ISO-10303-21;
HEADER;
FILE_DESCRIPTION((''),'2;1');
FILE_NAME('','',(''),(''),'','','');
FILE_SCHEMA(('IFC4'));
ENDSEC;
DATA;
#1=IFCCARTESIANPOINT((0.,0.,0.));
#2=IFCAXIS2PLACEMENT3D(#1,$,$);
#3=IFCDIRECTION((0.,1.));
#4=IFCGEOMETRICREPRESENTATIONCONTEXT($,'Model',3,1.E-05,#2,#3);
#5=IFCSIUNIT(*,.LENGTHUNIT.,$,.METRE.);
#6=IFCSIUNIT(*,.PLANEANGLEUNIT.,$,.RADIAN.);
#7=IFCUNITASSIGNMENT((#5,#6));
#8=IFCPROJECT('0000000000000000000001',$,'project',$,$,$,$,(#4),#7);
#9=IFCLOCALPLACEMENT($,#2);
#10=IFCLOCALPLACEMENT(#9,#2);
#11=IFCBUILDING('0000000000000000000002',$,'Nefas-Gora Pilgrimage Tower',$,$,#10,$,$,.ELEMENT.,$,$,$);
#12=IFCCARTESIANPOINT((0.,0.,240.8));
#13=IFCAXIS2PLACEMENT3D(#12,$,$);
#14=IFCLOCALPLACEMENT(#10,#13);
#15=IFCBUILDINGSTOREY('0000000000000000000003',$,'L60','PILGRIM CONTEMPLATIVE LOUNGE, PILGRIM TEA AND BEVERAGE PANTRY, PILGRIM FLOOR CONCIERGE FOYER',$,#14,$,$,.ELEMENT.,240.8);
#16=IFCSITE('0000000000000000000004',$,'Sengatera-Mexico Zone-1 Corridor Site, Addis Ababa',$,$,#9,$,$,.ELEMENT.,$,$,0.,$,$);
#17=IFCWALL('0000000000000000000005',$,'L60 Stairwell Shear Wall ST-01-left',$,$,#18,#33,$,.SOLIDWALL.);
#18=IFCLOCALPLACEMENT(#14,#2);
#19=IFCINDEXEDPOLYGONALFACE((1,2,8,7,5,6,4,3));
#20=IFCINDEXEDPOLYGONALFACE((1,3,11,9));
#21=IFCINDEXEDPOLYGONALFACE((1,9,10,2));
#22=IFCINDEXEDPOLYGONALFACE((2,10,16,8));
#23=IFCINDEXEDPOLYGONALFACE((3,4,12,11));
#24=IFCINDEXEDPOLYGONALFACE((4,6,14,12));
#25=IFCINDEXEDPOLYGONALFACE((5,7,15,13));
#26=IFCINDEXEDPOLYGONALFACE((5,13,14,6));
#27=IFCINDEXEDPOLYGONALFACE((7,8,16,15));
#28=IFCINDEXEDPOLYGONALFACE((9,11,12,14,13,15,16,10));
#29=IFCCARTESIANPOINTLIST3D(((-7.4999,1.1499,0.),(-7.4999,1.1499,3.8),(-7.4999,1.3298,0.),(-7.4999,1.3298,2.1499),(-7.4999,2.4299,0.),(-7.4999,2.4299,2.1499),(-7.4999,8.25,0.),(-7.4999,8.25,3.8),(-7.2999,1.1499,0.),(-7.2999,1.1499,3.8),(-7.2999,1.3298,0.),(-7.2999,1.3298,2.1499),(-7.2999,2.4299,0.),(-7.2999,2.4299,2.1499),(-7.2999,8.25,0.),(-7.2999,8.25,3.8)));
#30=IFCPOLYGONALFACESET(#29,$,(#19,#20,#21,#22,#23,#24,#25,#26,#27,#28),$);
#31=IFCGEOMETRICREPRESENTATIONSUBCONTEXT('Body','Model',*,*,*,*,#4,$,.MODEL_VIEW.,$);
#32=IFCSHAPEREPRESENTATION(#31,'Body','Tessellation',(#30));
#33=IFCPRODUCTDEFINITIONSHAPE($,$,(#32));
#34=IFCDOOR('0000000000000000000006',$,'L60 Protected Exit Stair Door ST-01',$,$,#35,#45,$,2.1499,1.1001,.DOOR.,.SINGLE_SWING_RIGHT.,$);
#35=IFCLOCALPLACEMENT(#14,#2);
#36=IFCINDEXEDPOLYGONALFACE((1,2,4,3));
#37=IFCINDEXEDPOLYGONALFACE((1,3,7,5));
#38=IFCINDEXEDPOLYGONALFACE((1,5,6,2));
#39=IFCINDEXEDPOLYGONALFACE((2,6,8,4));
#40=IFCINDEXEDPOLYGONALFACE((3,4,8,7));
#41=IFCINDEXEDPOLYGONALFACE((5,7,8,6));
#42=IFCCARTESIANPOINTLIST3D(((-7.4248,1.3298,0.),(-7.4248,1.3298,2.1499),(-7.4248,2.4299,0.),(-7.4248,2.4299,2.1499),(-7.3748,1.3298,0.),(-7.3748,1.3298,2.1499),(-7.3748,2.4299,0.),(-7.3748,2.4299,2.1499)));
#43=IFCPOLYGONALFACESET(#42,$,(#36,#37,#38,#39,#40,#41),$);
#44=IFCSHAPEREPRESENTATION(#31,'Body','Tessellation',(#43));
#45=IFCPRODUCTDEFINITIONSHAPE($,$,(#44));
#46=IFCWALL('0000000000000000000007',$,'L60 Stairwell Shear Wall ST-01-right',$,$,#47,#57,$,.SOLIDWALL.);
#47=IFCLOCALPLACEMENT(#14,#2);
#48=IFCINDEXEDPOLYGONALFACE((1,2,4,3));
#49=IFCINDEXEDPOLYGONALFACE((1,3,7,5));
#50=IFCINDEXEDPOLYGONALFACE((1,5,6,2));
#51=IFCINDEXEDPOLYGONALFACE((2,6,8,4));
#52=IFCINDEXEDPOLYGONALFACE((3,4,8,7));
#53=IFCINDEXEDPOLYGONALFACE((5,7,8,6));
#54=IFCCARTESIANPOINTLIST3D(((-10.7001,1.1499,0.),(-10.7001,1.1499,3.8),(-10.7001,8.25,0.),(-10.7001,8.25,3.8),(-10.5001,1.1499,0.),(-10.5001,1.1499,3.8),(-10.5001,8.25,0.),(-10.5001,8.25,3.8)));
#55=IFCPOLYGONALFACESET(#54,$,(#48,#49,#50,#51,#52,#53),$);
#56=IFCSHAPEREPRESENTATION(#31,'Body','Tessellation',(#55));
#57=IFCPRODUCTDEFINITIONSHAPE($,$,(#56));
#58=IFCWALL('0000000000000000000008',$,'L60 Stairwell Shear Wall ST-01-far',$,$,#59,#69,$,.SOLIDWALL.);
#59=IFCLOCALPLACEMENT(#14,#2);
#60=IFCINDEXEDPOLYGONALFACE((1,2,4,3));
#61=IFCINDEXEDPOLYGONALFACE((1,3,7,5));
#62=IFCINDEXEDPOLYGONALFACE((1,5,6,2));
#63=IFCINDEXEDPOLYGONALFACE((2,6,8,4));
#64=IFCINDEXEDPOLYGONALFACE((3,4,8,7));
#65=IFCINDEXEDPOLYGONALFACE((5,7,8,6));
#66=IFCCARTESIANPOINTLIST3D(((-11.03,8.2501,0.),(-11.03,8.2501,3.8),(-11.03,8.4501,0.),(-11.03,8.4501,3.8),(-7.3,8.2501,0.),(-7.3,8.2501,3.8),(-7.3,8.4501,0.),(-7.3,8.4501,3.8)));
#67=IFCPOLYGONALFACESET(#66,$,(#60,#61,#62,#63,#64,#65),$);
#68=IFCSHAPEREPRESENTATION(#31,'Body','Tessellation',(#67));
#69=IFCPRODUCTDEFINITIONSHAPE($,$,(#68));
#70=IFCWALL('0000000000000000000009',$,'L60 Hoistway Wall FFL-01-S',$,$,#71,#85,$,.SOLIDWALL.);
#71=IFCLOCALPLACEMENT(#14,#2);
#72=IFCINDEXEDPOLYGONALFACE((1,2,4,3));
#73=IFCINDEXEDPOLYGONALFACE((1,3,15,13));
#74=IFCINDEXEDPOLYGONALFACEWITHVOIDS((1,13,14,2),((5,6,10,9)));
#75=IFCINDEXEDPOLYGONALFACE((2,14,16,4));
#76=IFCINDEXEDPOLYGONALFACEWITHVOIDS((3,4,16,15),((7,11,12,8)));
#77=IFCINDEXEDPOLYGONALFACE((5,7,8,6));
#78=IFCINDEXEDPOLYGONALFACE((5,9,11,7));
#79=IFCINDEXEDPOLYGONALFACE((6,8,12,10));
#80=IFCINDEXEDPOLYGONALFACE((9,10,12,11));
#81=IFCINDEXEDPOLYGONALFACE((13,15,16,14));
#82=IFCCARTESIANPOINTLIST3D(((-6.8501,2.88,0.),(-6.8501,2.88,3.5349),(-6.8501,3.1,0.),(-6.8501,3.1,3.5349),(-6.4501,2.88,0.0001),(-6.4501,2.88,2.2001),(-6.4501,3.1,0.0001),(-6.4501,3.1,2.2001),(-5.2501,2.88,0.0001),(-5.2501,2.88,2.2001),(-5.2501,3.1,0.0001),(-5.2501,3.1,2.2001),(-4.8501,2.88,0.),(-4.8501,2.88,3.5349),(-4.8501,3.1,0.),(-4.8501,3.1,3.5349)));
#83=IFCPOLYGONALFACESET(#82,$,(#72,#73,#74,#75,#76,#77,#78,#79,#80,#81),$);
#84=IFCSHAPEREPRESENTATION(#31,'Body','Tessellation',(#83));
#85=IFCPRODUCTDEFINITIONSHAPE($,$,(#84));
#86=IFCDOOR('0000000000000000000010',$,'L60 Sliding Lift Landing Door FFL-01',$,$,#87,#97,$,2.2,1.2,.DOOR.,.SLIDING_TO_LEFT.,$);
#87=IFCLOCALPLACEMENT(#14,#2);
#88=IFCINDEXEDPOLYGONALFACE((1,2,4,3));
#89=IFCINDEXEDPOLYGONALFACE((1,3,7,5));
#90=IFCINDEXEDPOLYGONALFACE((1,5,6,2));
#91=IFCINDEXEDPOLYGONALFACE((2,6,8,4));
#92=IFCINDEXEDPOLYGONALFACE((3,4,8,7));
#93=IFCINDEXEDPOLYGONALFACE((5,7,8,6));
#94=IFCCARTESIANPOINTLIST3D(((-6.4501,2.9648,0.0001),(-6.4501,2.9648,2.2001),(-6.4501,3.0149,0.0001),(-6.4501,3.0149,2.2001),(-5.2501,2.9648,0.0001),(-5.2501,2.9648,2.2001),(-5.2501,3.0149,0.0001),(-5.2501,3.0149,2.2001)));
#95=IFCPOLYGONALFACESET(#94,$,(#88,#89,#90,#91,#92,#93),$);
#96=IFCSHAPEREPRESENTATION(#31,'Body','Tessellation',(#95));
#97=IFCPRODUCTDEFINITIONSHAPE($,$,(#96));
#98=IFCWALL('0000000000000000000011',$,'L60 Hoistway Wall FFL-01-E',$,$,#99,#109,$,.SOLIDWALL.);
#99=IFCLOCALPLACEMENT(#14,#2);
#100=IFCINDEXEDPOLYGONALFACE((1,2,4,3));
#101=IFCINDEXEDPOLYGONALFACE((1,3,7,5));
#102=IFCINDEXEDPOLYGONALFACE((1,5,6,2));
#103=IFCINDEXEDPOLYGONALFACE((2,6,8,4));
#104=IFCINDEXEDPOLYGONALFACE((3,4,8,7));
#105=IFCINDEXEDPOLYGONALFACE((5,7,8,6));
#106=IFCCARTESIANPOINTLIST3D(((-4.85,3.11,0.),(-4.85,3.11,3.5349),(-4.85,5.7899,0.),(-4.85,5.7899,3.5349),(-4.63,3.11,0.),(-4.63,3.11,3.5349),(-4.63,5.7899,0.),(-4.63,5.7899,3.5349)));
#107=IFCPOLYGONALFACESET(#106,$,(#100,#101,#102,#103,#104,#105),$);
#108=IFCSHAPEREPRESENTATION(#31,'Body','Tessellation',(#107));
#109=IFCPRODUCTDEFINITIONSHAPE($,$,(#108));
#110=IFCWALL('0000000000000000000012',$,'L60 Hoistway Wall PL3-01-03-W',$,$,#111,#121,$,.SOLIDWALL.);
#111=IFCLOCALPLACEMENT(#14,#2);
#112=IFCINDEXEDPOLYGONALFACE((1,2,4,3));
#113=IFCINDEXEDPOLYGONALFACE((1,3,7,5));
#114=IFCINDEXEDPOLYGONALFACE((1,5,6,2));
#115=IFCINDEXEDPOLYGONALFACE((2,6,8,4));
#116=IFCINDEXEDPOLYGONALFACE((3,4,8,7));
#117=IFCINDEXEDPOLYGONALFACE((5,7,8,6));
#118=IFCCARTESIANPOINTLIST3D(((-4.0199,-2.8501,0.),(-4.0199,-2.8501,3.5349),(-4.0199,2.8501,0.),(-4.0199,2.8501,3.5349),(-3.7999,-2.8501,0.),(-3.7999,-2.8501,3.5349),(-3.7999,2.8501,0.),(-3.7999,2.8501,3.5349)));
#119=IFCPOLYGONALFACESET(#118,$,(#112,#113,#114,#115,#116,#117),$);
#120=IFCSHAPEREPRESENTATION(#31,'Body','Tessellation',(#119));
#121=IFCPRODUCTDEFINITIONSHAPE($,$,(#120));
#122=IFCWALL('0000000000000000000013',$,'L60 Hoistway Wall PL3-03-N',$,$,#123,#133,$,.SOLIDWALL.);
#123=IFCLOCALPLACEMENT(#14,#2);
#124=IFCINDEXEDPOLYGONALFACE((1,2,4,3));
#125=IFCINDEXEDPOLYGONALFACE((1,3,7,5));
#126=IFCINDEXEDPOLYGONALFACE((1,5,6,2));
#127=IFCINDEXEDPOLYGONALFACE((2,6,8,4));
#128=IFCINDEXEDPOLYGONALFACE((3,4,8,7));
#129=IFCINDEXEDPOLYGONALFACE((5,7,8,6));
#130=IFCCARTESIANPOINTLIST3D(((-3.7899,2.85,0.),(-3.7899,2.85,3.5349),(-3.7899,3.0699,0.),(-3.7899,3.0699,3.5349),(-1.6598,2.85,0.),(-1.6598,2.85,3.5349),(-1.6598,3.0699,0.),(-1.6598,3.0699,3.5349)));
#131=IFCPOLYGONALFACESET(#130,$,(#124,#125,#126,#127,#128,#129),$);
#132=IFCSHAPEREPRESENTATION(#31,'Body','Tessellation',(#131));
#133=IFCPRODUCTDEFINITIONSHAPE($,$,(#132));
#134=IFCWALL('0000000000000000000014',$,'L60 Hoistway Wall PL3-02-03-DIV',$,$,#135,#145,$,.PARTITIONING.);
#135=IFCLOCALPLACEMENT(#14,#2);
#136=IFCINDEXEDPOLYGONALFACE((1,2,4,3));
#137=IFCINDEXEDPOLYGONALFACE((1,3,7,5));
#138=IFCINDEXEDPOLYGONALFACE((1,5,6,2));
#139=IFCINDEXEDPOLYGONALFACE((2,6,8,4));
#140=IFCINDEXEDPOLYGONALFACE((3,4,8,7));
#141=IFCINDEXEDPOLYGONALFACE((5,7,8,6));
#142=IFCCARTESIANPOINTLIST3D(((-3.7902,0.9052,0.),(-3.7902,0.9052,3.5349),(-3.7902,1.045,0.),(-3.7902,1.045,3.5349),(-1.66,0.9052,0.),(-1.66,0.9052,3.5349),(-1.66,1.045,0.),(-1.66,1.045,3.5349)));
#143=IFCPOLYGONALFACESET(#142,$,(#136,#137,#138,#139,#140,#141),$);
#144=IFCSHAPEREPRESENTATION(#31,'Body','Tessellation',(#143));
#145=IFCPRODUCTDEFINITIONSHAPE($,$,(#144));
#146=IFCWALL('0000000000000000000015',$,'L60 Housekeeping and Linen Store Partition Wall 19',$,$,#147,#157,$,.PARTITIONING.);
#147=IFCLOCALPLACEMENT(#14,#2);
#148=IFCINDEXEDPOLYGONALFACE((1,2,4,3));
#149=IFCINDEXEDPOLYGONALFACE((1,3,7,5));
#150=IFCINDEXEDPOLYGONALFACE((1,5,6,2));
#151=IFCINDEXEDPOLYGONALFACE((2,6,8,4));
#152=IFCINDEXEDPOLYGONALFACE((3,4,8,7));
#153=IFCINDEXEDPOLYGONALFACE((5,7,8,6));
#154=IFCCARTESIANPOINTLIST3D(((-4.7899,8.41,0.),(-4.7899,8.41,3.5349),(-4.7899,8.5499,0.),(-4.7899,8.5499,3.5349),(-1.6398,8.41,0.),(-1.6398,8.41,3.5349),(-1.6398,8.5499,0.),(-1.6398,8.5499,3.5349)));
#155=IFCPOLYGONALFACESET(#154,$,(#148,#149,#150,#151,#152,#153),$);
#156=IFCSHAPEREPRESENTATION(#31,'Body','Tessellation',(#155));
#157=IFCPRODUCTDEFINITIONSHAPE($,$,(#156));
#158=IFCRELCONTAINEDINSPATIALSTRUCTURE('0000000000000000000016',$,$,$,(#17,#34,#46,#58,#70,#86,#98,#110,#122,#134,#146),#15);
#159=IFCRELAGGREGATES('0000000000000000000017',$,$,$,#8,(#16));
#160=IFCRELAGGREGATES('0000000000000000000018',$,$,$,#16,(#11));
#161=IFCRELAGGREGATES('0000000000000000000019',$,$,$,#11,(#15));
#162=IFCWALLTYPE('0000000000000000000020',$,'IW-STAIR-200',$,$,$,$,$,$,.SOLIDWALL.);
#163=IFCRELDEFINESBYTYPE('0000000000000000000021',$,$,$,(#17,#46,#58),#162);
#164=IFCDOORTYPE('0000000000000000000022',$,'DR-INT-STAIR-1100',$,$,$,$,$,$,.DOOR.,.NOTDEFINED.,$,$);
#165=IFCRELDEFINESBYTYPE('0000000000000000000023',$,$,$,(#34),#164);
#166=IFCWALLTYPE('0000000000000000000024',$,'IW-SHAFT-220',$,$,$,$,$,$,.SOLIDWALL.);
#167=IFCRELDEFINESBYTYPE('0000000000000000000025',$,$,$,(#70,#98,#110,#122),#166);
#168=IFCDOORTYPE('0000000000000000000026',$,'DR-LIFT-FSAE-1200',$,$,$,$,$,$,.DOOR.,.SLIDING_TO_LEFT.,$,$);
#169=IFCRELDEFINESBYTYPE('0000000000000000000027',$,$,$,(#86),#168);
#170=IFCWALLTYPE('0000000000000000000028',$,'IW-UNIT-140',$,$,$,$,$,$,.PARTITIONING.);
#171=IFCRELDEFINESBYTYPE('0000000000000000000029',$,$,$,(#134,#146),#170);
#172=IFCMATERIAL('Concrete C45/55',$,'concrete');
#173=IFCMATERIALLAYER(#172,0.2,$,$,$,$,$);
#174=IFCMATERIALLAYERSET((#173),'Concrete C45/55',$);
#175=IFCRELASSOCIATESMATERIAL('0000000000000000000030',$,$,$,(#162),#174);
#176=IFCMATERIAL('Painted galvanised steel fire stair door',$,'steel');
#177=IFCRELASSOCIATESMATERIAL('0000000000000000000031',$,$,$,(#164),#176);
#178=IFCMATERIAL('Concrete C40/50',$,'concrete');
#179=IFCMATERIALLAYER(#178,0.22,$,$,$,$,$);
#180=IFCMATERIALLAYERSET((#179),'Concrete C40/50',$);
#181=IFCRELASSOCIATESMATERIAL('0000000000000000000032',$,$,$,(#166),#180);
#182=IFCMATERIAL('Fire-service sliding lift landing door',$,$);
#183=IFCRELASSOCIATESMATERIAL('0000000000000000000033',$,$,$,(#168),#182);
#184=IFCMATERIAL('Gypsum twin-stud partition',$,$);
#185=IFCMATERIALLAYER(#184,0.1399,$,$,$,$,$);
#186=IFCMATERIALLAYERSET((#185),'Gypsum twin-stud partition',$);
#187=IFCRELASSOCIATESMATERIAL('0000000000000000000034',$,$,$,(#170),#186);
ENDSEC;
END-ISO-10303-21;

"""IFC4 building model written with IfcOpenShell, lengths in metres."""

from ifc_helpers import new_model, si_unit, direction, frame, frame_2d, origin, place, context, subcontext, project, spatial, rectangle, extrude, source, transform, mapped, material, layer, layer_set, type_object, element, fill, save


model = new_model("IFC4")

# Units and contexts
model_context = context("Model", 3, precision=1e-05, world=origin(), true_north=direction((0.0, 1.0)))
body_context = subcontext(model_context, "Body", "Model", "MODEL_VIEW")
ifc_project = project(units=[si_unit("LENGTHUNIT", "METRE"), si_unit("PLANEANGLEUNIT", "RADIAN")], contexts=[model_context])

# Site, building, storey
site_placement = place(None, origin())
site = spatial("IfcSite", under=ifc_project, at=site_placement, Name="Sengatera-Mexico Zone-1 Corridor Site, Addis Ababa", CompositionType="ELEMENT", RefElevation=0.0)
building_placement = place(site_placement, origin())
building = spatial("IfcBuilding", under=site, at=building_placement, Name="Nefas-Gora Pilgrimage Tower", CompositionType="ELEMENT")
storey_placement = place(building_placement, frame((0.0, 0.0, 240.8)))
storey = spatial("IfcBuildingStorey", under=building, at=storey_placement, Name="L60", Description="PILGRIM CONTEMPLATIVE LOUNGE, PILGRIM TEA AND BEVERAGE PANTRY, PILGRIM FLOOR CONCIERGE FOYER", CompositionType="ELEMENT", Elevation=240.8)

# Shared definitions
ifc_material_1 = material(Name="Concrete C40/50", Category="concrete")

# Shared definitions
ifc_material_2 = material(Name="Concrete C45/55", Category="concrete")
ifc_layer_1 = layer(ifc_material_2, 0.2)
ifc_layer_set_1 = layer_set([ifc_layer_1], Name="Concrete C45/55")
wall_type_1 = type_object("IfcWallType", Name="IW-STAIR-200", PredefinedType="SOLIDWALL", material=ifc_layer_set_1)

# Wall, opening, door
shared_shape_1 = source(origin(), body_context, "Body", "SweptSolid", [
    extrude(rectangle(XDim=7.1001, YDim=0.2, at=frame_2d((3.55, 0.0))), origin(), (0.0, 0.0, 1.0), 3.8),
])
wall_1_placement = place(storey_placement, frame((-7.3999, 1.1499, 0.0), z_axis=(0.0, 0.0, 1.0), x_axis=(0.0, 1.0, 0.0)))
wall_1 = element("IfcWall", 1, at=wall_1_placement, inside=storey, type_object=wall_type_1, Name="L60 Stairwell Shear Wall ST-01-left", PredefinedType="SOLIDWALL", context=body_context, shape_type="MappedRepresentation", body=[
    mapped(shared_shape_1, transform((0.0, 0.0, 0.0), x_axis=(1.0, 0.0, 0.0), y_axis=(0.0, 1.0, 0.0), z_axis=(0.0, 0.0, 1.0), scale=1.0)),
])
opening_1_placement = place(wall_1_placement, frame((0.1799, 0.0, 0.0)))
opening_1 = element("IfcOpeningElement", 2, at=opening_1_placement, cuts=wall_1, PredefinedType="OPENING", context=body_context, shape_type="SweptSolid", body=[
    extrude(rectangle(XDim=1.1001, YDim=2.1499, at=frame_2d((0.55, 1.075))), frame((0.0, 0.1099, 0.0), z_axis=(0.0, -1.0, 0.0), x_axis=(1.0, 0.0, 0.0)), (0.0, 0.0, 1.0), 0.22),
])
ifc_material_3 = material(Name="Painted galvanised steel fire stair door", Category="steel")
door_type_1 = type_object("IfcDoorType", Name="DR-INT-STAIR-1100", OperationType="NOTDEFINED", PredefinedType="DOOR", material=ifc_material_3)
shared_shape_2 = source(origin(), body_context, "Body", "SweptSolid", [
    extrude(rectangle(XDim=1.1001, YDim=2.1499, at=frame_2d((0.55, 1.075))), frame((0.0, 0.0249, 0.0), z_axis=(0.0, -1.0, 0.0), x_axis=(1.0, 0.0, 0.0)), (0.0, 0.0, 1.0), 0.05),
])
door_1_placement = place(opening_1_placement, origin())
door_1 = element("IfcDoor", 3, at=door_1_placement, inside=storey, type_object=door_type_1, Name="L60 Protected Exit Stair Door ST-01", OperationType="SINGLE_SWING_RIGHT", OverallHeight=2.1499, OverallWidth=1.1001, PredefinedType="DOOR", context=body_context, shape_type="MappedRepresentation", body=[
    mapped(shared_shape_2, transform((0.0, 0.0, 0.0), x_axis=(1.0, 0.0, 0.0), y_axis=(0.0, 1.0, 0.0), z_axis=(0.0, 0.0, 1.0), scale=1.0)),
])
fill(opening_1, door_1)

# Walls
wall_2_placement = place(storey_placement, frame((-10.6001, 1.1499, 0.0), z_axis=(0.0, 0.0, 1.0), x_axis=(0.0, 1.0, 0.0)))
element("IfcWall", 4, at=wall_2_placement, inside=storey, type_object=wall_type_1, Name="L60 Stairwell Shear Wall ST-01-right", PredefinedType="SOLIDWALL", context=body_context, shape_type="MappedRepresentation", body=[
    mapped(shared_shape_1, transform((0.0, 0.0, 0.0), x_axis=(1.0, 0.0, 0.0), y_axis=(0.0, 1.0, 0.0), z_axis=(0.0, 0.0, 1.0), scale=1.0)),
])
shared_shape_3 = source(origin(), body_context, "Body", "SweptSolid", [
    extrude(rectangle(XDim=3.73, YDim=0.2, at=frame_2d((1.865, 0.0))), origin(), (0.0, 0.0, 1.0), 3.8),
])
wall_3_placement = place(storey_placement, frame((-7.3, 8.3501, 0.0), z_axis=(0.0, 0.0, 1.0), x_axis=(-1.0, 0.0, 0.0)))
element("IfcWall", 5, at=wall_3_placement, inside=storey, type_object=wall_type_1, Name="L60 Stairwell Shear Wall ST-01-far", PredefinedType="SOLIDWALL", context=body_context, shape_type="MappedRepresentation", body=[
    mapped(shared_shape_3, transform((0.0, 0.0, 0.0), x_axis=(1.0, 0.0, 0.0), y_axis=(0.0, 1.0, 0.0), z_axis=(0.0, 0.0, 1.0), scale=1.0)),
])

# Wall, opening, door
ifc_layer_2 = layer(ifc_material_1, 0.22)
ifc_layer_set_2 = layer_set([ifc_layer_2], Name="Concrete C40/50")
wall_type_2 = type_object("IfcWallType", Name="IW-SHAFT-220", PredefinedType="SOLIDWALL", material=ifc_layer_set_2)
shared_shape_4 = source(origin(), body_context, "Body", "SweptSolid", [
    extrude(rectangle(XDim=2.0, YDim=0.22, at=frame_2d((1.0, 0.0))), origin(), (0.0, 0.0, 1.0), 3.5349),
])
wall_4_placement = place(storey_placement, frame((-6.8501, 2.99, 0.0), z_axis=(0.0, 0.0, 1.0), x_axis=(1.0, 0.0, 0.0)))
wall_4 = element("IfcWall", 6, at=wall_4_placement, inside=storey, type_object=wall_type_2, Name="L60 Hoistway Wall FFL-01-S", PredefinedType="SOLIDWALL", context=body_context, shape_type="MappedRepresentation", body=[
    mapped(shared_shape_4, transform((0.0, 0.0, 0.0), x_axis=(1.0, 0.0, 0.0), y_axis=(0.0, 1.0, 0.0), z_axis=(0.0, 0.0, 1.0), scale=1.0)),
])
opening_2_placement = place(wall_4_placement, frame((0.3999, 0.0, 0.0)))
opening_2 = element("IfcOpeningElement", 7, at=opening_2_placement, cuts=wall_4, PredefinedType="OPENING", context=body_context, shape_type="SweptSolid", body=[
    extrude(rectangle(XDim=1.2, YDim=2.2, at=frame_2d((0.6001, 1.1001))), frame((0.0, 0.1199, 0.0), z_axis=(0.0, -1.0, 0.0), x_axis=(1.0, 0.0, 0.0)), (0.0, 0.0, 1.0), 0.24),
])
ifc_material_4 = material(Name="Fire-service sliding lift landing door")
door_type_2 = type_object("IfcDoorType", Name="DR-LIFT-FSAE-1200", OperationType="SLIDING_TO_LEFT", PredefinedType="DOOR", material=ifc_material_4)
shared_shape_5 = source(origin(), body_context, "Body", "SweptSolid", [
    extrude(rectangle(XDim=1.2, YDim=2.2, at=frame_2d((0.6001, 1.1001))), frame((0.0, 0.0249, 0.0), z_axis=(0.0, -1.0, 0.0), x_axis=(1.0, 0.0, 0.0)), (0.0, 0.0, 1.0), 0.05),
])
door_2_placement = place(opening_2_placement, origin())
door_2 = element("IfcDoor", 8, at=door_2_placement, inside=storey, type_object=door_type_2, Name="L60 Sliding Lift Landing Door FFL-01", OperationType="SLIDING_TO_LEFT", OverallHeight=2.2, OverallWidth=1.2, PredefinedType="DOOR", context=body_context, shape_type="MappedRepresentation", body=[
    mapped(shared_shape_5, transform((0.0, 0.0, 0.0), x_axis=(1.0, 0.0, 0.0), y_axis=(0.0, 1.0, 0.0), z_axis=(0.0, 0.0, 1.0), scale=1.0)),
])
fill(opening_2, door_2)

# Walls
shared_shape_6 = source(origin(), body_context, "Body", "SweptSolid", [
    extrude(rectangle(XDim=2.6799, YDim=0.22, at=frame_2d((1.3398, 0.0))), origin(), (0.0, 0.0, 1.0), 3.5349),
])
wall_5_placement = place(storey_placement, frame((-4.74, 3.1101, 0.0), z_axis=(0.0, 0.0, 1.0), x_axis=(0.0, 1.0, 0.0)))
element("IfcWall", 9, at=wall_5_placement, inside=storey, type_object=wall_type_2, Name="L60 Hoistway Wall FFL-01-E", PredefinedType="SOLIDWALL", context=body_context, shape_type="MappedRepresentation", body=[
    mapped(shared_shape_6, transform((0.0, 0.0, 0.0), x_axis=(1.0, 0.0, 0.0), y_axis=(0.0, 1.0, 0.0), z_axis=(0.0, 0.0, 1.0), scale=1.0)),
])
shared_shape_7 = source(origin(), body_context, "Body", "SweptSolid", [
    extrude(rectangle(XDim=5.7002, YDim=0.22, at=frame_2d((2.8501, 0.0))), origin(), (0.0, 0.0, 1.0), 3.5349),
])
wall_6_placement = place(storey_placement, frame((-3.9099, 2.8501, 0.0), z_axis=(0.0, 0.0, 1.0), x_axis=(0.0, -1.0, 0.0)))
element("IfcWall", 10, at=wall_6_placement, inside=storey, type_object=wall_type_2, Name="L60 Hoistway Wall PL3-01-03-W", PredefinedType="SOLIDWALL", context=body_context, shape_type="MappedRepresentation", body=[
    mapped(shared_shape_7, transform((0.0, 0.0, 0.0), x_axis=(1.0, 0.0, 0.0), y_axis=(0.0, 1.0, 0.0), z_axis=(0.0, 0.0, 1.0), scale=1.0)),
])
shared_shape_8 = source(origin(), body_context, "Body", "SweptSolid", [
    extrude(rectangle(XDim=2.1301, YDim=0.22, at=frame_2d((1.0649, 0.0))), origin(), (0.0, 0.0, 1.0), 3.5349),
])
wall_7_placement = place(storey_placement, frame((-1.6599, 2.96, 0.0), z_axis=(0.0, 0.0, 1.0), x_axis=(-1.0, 0.0, 0.0)))
element("IfcWall", 11, at=wall_7_placement, inside=storey, type_object=wall_type_2, Name="L60 Hoistway Wall PL3-03-N", PredefinedType="SOLIDWALL", context=body_context, shape_type="MappedRepresentation", body=[
    mapped(shared_shape_8, transform((0.0, 0.0, 0.0), x_axis=(1.0, 0.0, 0.0), y_axis=(0.0, 1.0, 0.0), z_axis=(0.0, 0.0, 1.0), scale=1.0)),
])
ifc_material_5 = material(Name="Gypsum twin-stud partition")
ifc_layer_3 = layer(ifc_material_5, 0.1399)
ifc_layer_set_3 = layer_set([ifc_layer_3], Name="Gypsum twin-stud partition")
wall_type_3 = type_object("IfcWallType", Name="IW-UNIT-140", PredefinedType="PARTITIONING", material=ifc_layer_set_3)
shared_shape_9 = source(origin(), body_context, "Body", "SweptSolid", [
    extrude(rectangle(XDim=2.1301, YDim=0.1399, at=frame_2d((1.0649, 0.0))), origin(), (0.0, 0.0, 1.0), 3.5349),
])
wall_8_placement = place(storey_placement, frame((-3.79, 0.9751, 0.0), z_axis=(0.0, 0.0, 1.0), x_axis=(1.0, 0.0, 0.0)))
element("IfcWall", 12, at=wall_8_placement, inside=storey, type_object=wall_type_3, Name="L60 Hoistway Wall PL3-02-03-DIV", PredefinedType="PARTITIONING", context=body_context, shape_type="MappedRepresentation", body=[
    mapped(shared_shape_9, transform((0.0, 0.0, 0.0), x_axis=(1.0, 0.0, 0.0), y_axis=(0.0, 1.0, 0.0), z_axis=(0.0, 0.0, 1.0), scale=1.0)),
])
shared_shape_10 = source(origin(), body_context, "Body", "SweptSolid", [
    extrude(rectangle(XDim=3.1501, YDim=0.1399, at=frame_2d((1.5752, 0.0))), origin(), (0.0, 0.0, 1.0), 3.5349),
])
wall_9_placement = place(storey_placement, frame((-4.79, 8.48, 0.0), z_axis=(0.0, 0.0, 1.0), x_axis=(1.0, 0.0, 0.0)))
element("IfcWall", 13, at=wall_9_placement, inside=storey, type_object=wall_type_3, Name="L60 Housekeeping and Linen Store Partition Wall 19", PredefinedType="PARTITIONING", context=body_context, shape_type="MappedRepresentation", body=[
    mapped(shared_shape_10, transform((0.0, 0.0, 0.0), x_axis=(1.0, 0.0, 0.0), y_axis=(0.0, 1.0, 0.0), z_axis=(0.0, 0.0, 1.0), scale=1.0)),
])

save(model, "model.ifc")
